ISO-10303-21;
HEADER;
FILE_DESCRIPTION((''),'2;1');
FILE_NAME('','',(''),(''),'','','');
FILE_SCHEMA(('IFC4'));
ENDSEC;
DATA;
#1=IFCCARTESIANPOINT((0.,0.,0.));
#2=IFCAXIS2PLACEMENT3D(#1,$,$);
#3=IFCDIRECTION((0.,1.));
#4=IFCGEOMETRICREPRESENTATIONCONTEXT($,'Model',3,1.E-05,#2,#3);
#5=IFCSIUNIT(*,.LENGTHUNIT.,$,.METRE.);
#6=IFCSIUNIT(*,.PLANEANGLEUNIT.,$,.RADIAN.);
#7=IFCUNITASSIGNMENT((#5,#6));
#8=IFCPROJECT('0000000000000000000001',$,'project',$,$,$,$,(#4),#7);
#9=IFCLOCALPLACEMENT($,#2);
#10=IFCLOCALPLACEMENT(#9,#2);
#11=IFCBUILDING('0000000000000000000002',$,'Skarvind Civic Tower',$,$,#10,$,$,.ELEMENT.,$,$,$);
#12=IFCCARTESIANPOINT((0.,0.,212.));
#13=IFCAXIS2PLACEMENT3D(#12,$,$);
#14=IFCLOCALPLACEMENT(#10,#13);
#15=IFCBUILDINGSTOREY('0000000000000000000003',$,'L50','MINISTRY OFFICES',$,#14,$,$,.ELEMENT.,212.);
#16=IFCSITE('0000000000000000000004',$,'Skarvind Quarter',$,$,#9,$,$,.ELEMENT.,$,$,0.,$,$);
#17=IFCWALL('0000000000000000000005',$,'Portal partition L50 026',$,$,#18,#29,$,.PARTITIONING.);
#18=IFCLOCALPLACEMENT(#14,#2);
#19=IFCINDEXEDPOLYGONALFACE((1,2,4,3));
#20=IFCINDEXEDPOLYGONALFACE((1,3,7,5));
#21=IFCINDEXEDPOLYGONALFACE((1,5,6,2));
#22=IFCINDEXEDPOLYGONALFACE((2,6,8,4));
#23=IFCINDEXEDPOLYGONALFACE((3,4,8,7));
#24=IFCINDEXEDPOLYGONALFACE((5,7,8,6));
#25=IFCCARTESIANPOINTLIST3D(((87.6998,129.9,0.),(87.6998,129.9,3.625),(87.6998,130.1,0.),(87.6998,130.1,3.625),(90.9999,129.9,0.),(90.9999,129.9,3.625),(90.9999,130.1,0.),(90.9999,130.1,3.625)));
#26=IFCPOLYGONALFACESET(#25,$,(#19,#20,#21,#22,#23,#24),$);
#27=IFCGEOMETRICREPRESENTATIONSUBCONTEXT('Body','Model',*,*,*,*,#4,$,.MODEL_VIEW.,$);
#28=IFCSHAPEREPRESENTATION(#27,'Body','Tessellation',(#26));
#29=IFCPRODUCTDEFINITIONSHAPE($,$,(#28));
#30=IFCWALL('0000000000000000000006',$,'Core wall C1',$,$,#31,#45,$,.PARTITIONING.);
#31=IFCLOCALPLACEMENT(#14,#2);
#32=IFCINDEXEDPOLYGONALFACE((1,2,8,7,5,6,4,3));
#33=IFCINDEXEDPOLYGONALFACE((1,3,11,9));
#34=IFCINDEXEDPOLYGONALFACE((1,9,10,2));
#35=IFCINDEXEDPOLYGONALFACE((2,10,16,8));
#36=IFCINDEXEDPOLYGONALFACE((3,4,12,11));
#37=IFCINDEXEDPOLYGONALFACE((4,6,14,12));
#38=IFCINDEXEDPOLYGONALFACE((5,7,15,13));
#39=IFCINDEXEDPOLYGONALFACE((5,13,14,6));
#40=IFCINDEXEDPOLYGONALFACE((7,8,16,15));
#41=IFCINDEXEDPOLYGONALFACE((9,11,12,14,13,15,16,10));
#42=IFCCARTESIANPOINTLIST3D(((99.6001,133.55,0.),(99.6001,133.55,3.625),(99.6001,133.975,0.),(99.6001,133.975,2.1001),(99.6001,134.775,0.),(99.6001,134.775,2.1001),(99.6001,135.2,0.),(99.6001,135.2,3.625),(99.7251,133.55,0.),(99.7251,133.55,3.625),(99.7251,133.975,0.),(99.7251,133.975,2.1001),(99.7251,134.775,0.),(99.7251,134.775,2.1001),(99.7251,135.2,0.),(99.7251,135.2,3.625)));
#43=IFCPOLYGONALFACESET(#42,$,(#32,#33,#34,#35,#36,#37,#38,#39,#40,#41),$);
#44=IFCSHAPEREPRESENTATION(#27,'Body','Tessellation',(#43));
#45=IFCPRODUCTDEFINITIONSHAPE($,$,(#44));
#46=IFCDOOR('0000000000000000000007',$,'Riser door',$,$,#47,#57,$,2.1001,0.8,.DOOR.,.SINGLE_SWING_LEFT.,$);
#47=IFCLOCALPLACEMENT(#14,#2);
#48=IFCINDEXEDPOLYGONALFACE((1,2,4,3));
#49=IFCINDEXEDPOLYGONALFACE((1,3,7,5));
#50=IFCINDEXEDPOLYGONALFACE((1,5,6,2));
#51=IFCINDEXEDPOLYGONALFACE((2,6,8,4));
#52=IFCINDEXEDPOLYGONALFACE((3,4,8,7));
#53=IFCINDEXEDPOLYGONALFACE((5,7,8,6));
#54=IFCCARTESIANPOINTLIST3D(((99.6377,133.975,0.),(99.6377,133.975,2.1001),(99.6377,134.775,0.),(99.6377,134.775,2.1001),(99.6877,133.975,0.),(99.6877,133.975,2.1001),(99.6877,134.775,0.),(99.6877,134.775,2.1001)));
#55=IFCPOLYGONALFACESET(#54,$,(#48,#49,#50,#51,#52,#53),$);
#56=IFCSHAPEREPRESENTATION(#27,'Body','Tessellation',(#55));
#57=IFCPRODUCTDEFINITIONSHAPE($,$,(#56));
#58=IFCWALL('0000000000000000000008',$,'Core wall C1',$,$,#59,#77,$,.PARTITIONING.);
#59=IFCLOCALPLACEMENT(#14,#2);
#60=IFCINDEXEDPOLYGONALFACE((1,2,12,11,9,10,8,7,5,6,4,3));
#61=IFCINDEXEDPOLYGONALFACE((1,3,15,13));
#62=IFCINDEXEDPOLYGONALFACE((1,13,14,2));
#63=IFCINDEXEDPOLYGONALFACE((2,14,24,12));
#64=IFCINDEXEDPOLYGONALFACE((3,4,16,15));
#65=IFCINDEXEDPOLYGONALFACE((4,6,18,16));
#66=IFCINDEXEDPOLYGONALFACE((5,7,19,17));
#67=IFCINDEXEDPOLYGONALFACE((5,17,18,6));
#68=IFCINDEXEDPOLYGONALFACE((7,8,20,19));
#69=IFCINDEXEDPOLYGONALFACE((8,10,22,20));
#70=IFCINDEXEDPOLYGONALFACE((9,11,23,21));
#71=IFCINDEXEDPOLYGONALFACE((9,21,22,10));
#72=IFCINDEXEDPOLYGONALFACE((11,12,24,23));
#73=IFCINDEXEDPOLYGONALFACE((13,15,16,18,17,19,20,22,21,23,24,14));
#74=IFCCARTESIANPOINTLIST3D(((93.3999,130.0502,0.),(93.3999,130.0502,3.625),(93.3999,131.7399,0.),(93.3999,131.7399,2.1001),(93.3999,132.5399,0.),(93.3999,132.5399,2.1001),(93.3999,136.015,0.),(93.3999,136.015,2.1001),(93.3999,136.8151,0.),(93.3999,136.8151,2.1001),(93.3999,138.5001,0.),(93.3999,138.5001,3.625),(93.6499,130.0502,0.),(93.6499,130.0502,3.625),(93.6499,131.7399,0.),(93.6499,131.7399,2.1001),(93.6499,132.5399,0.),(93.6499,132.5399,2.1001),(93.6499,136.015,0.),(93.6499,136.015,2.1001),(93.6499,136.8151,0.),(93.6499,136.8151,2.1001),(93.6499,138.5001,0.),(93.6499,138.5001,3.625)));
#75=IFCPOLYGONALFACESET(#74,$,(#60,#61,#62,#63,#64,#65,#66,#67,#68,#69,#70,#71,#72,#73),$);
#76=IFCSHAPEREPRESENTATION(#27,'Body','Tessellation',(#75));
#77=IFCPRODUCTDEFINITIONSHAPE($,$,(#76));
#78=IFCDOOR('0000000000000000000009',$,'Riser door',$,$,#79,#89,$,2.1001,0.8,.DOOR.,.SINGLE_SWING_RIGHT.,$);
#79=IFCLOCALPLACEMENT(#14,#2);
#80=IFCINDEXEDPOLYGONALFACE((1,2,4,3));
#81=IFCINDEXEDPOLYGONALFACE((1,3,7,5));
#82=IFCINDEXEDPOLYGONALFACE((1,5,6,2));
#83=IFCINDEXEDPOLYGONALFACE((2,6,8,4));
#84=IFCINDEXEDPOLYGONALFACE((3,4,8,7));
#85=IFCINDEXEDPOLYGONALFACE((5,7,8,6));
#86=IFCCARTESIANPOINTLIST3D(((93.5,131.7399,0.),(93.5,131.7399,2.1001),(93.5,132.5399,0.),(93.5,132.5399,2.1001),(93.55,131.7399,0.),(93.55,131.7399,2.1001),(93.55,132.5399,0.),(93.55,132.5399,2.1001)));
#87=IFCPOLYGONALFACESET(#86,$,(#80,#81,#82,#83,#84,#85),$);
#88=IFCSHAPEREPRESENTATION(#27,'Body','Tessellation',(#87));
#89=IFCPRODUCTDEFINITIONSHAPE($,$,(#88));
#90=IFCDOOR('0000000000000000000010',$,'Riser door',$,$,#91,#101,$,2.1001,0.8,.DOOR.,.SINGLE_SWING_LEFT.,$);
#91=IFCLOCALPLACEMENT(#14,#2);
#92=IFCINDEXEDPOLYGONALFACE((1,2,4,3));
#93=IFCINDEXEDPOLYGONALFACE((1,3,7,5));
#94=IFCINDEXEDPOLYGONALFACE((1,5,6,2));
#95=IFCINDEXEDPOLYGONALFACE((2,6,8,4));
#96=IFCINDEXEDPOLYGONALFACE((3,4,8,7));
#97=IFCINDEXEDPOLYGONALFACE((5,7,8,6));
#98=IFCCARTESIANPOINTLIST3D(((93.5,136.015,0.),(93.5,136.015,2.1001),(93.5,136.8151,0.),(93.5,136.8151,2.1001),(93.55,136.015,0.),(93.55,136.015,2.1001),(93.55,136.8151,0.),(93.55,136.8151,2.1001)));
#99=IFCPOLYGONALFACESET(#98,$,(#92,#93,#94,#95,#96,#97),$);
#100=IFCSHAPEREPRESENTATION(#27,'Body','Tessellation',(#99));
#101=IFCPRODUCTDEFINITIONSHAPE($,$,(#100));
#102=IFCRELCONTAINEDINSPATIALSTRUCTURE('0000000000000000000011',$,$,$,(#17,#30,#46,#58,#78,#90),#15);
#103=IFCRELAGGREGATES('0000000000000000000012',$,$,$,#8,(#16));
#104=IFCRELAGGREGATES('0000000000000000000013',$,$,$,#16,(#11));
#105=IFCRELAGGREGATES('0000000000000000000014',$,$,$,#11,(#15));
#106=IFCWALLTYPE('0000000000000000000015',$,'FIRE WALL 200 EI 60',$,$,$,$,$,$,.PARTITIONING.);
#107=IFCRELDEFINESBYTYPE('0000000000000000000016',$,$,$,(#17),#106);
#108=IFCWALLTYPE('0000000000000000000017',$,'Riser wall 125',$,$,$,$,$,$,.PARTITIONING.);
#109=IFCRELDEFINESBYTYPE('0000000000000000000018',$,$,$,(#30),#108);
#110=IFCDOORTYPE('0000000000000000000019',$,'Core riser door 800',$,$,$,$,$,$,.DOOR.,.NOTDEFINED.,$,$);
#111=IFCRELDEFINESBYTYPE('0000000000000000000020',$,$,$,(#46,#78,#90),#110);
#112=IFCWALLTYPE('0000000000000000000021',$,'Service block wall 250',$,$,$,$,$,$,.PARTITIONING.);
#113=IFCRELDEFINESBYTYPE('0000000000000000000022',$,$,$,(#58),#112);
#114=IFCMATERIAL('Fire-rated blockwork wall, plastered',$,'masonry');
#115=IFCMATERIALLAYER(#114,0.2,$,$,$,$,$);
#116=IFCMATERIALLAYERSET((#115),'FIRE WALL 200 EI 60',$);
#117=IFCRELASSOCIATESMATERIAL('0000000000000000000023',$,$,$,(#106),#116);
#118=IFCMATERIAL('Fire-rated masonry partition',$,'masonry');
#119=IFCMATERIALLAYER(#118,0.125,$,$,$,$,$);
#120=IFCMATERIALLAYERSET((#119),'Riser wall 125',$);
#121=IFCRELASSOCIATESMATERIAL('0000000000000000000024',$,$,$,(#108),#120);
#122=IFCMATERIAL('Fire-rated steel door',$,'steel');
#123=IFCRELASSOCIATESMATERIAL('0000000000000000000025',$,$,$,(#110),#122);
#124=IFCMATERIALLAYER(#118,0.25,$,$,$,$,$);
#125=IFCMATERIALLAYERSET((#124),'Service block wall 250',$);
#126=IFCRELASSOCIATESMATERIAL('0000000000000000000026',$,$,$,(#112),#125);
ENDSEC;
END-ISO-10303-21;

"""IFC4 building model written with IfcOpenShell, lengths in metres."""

from ifc_helpers import new_model, si_unit, direction, frame, frame_2d, origin, place, context, subcontext, project, spatial, rectangle, extrude, material, layer, layer_set, type_object, element, fill, save


model = new_model("IFC4")

# Units and contexts
model_context = context("Model", 3, precision=1e-05, world=origin(), true_north=direction((0.0, 1.0)))
body_context = subcontext(model_context, "Body", "Model", "MODEL_VIEW")
ifc_project = project(units=[si_unit("LENGTHUNIT", "METRE"), si_unit("PLANEANGLEUNIT", "RADIAN")], contexts=[model_context])

# Site, building, storey
site_placement = place(None, origin())
site = spatial("IfcSite", under=ifc_project, at=site_placement, Name="Skarvind Quarter", CompositionType="ELEMENT", RefElevation=0.0)
building_placement = place(site_placement, origin())
building = spatial("IfcBuilding", under=site, at=building_placement, Name="Skarvind Civic Tower", CompositionType="ELEMENT")
storey_placement = place(building_placement, frame((0.0, 0.0, 212.0)))
storey = spatial("IfcBuildingStorey", under=building, at=storey_placement, Name="L50", Description="MINISTRY OFFICES", CompositionType="ELEMENT", Elevation=212.0)

# Shared definitions
ifc_material_1 = material(Name="Fire-rated masonry partition", Category="masonry")
ifc_material_2 = material(Name="Fire-rated steel door", Category="steel")

# Wall
ifc_material_3 = material(Name="Fire-rated blockwork wall, plastered", Category="masonry")
ifc_layer_1 = layer(ifc_material_3, 0.2)
ifc_layer_set_1 = layer_set([ifc_layer_1], Name="FIRE WALL 200 EI 60")
wall_type_1 = type_object("IfcWallType", Name="FIRE WALL 200 EI 60", PredefinedType="PARTITIONING", material=ifc_layer_set_1)
wall_1_placement = place(storey_placement, frame((87.7, 130.0, 0.0), z_axis=(0.0, 0.0, 1.0), x_axis=(1.0, 0.0, 0.0)))
element("IfcWall", 1, at=wall_1_placement, inside=storey, type_object=wall_type_1, Name="Portal partition L50 026", PredefinedType="PARTITIONING", context=body_context, shape_type="SweptSolid", body=[
    extrude(rectangle(XDim=3.3, YDim=0.2, at=frame_2d((1.6499, 0.0))), origin(), (0.0, 0.0, 1.0), 3.625),
])

# Wall, opening, door
ifc_layer_2 = layer(ifc_material_1, 0.125)
ifc_layer_set_2 = layer_set([ifc_layer_2], Name="Riser wall 125")
wall_type_2 = type_object("IfcWallType", Name="Riser wall 125", PredefinedType="PARTITIONING", material=ifc_layer_set_2)
wall_2_placement = place(storey_placement, frame((99.6626, 133.55, 0.0), z_axis=(0.0, 0.0, 1.0), x_axis=(0.0, 1.0, 0.0)))
wall_2 = element("IfcWall", 2, at=wall_2_placement, inside=storey, type_object=wall_type_2, Name="Core wall C1", PredefinedType="PARTITIONING", context=body_context, shape_type="SweptSolid", body=[
    extrude(rectangle(XDim=1.6499, YDim=0.125, at=frame_2d((0.825, 0.0))), origin(), (0.0, 0.0, 1.0), 3.625),
])
opening_1_placement = place(wall_2_placement, frame((0.425, 0.0, 0.0)))
opening_1 = element("IfcOpeningElement", 3, at=opening_1_placement, cuts=wall_2, PredefinedType="OPENING", context=body_context, shape_type="SweptSolid", body=[
    extrude(rectangle(XDim=0.8, YDim=2.1001, at=frame_2d((0.3999, 1.05))), frame((0.0, 0.0725, 0.0), z_axis=(0.0, -1.0, 0.0), x_axis=(1.0, 0.0, 0.0)), (0.0, 0.0, 1.0), 0.145),
])
door_type_1 = type_object("IfcDoorType", Name="Core riser door 800", OperationType="NOTDEFINED", PredefinedType="DOOR", material=ifc_material_2)
door_1_placement = place(opening_1_placement, origin())
door_1 = element("IfcDoor", 4, at=door_1_placement, inside=storey, type_object=door_type_1, Name="Riser door", OperationType="SINGLE_SWING_LEFT", OverallHeight=2.1001, OverallWidth=0.8, PredefinedType="DOOR", context=body_context, shape_type="SweptSolid", body=[
    extrude(rectangle(XDim=0.8, YDim=2.1001, at=frame_2d((0.3999, 1.05))), frame((0.0, 0.0249, 0.0), z_axis=(0.0, -1.0, 0.0), x_axis=(1.0, 0.0, 0.0)), (0.0, 0.0, 1.0), 0.05),
])
fill(opening_1, door_1)

# Wall, openings, doors
ifc_layer_3 = layer(ifc_material_1, 0.25)
ifc_layer_set_3 = layer_set([ifc_layer_3], Name="Service block wall 250")
wall_type_3 = type_object("IfcWallType", Name="Service block wall 250", PredefinedType="PARTITIONING", material=ifc_layer_set_3)
wall_3_placement = place(storey_placement, frame((93.5249, 130.05, 0.0), z_axis=(0.0, 0.0, 1.0), x_axis=(0.0, 1.0, 0.0)))
wall_3 = element("IfcWall", 5, at=wall_3_placement, inside=storey, type_object=wall_type_3, Name="Core wall C1", PredefinedType="PARTITIONING", context=body_context, shape_type="SweptSolid", body=[
    extrude(rectangle(XDim=8.45, YDim=0.25, at=frame_2d((4.2251, 0.0))), origin(), (0.0, 0.0, 1.0), 3.625),
])
opening_2_placement = place(wall_3_placement, frame((1.6899, 0.0, 0.0)))
opening_2 = element("IfcOpeningElement", 6, at=opening_2_placement, cuts=wall_3, PredefinedType="OPENING", context=body_context, shape_type="SweptSolid", body=[
    extrude(rectangle(XDim=0.8, YDim=2.1001, at=frame_2d((0.3999, 1.05))), frame((0.0, 0.135, 0.0), z_axis=(0.0, -1.0, 0.0), x_axis=(1.0, 0.0, 0.0)), (0.0, 0.0, 1.0), 0.27),
])
opening_3_placement = place(wall_3_placement, frame((5.9651, 0.0, 0.0)))
opening_3 = element("IfcOpeningElement", 7, at=opening_3_placement, cuts=wall_3, PredefinedType="OPENING", context=body_context, shape_type="SweptSolid", body=[
    extrude(rectangle(XDim=0.8, YDim=2.1001, at=frame_2d((0.3999, 1.05))), frame((0.0, 0.135, 0.0), z_axis=(0.0, -1.0, 0.0), x_axis=(1.0, 0.0, 0.0)), (0.0, 0.0, 1.0), 0.27),
])
door_2_placement = place(opening_2_placement, origin())
door_2 = element("IfcDoor", 8, at=door_2_placement, inside=storey, type_object=door_type_1, Name="Riser door", OperationType="SINGLE_SWING_RIGHT", OverallHeight=2.1001, OverallWidth=0.8, PredefinedType="DOOR", context=body_context, shape_type="SweptSolid", body=[
    extrude(rectangle(XDim=0.8, YDim=2.1001, at=frame_2d((0.3999, 1.05))), frame((0.0, 0.0249, 0.0), z_axis=(0.0, -1.0, 0.0), x_axis=(1.0, 0.0, 0.0)), (0.0, 0.0, 1.0), 0.05),
])
fill(opening_2, door_2)
door_3_placement = place(opening_3_placement, origin())
door_3 = element("IfcDoor", 9, at=door_3_placement, inside=storey, type_object=door_type_1, Name="Riser door", OperationType="SINGLE_SWING_LEFT", OverallHeight=2.1001, OverallWidth=0.8, PredefinedType="DOOR", context=body_context, shape_type="SweptSolid", body=[
    extrude(rectangle(XDim=0.8, YDim=2.1001, at=frame_2d((0.3999, 1.05))), frame((0.0, 0.0249, 0.0), z_axis=(0.0, -1.0, 0.0), x_axis=(1.0, 0.0, 0.0)), (0.0, 0.0, 1.0), 0.05),
])
fill(opening_3, door_3)

save(model, "model.ifc")
